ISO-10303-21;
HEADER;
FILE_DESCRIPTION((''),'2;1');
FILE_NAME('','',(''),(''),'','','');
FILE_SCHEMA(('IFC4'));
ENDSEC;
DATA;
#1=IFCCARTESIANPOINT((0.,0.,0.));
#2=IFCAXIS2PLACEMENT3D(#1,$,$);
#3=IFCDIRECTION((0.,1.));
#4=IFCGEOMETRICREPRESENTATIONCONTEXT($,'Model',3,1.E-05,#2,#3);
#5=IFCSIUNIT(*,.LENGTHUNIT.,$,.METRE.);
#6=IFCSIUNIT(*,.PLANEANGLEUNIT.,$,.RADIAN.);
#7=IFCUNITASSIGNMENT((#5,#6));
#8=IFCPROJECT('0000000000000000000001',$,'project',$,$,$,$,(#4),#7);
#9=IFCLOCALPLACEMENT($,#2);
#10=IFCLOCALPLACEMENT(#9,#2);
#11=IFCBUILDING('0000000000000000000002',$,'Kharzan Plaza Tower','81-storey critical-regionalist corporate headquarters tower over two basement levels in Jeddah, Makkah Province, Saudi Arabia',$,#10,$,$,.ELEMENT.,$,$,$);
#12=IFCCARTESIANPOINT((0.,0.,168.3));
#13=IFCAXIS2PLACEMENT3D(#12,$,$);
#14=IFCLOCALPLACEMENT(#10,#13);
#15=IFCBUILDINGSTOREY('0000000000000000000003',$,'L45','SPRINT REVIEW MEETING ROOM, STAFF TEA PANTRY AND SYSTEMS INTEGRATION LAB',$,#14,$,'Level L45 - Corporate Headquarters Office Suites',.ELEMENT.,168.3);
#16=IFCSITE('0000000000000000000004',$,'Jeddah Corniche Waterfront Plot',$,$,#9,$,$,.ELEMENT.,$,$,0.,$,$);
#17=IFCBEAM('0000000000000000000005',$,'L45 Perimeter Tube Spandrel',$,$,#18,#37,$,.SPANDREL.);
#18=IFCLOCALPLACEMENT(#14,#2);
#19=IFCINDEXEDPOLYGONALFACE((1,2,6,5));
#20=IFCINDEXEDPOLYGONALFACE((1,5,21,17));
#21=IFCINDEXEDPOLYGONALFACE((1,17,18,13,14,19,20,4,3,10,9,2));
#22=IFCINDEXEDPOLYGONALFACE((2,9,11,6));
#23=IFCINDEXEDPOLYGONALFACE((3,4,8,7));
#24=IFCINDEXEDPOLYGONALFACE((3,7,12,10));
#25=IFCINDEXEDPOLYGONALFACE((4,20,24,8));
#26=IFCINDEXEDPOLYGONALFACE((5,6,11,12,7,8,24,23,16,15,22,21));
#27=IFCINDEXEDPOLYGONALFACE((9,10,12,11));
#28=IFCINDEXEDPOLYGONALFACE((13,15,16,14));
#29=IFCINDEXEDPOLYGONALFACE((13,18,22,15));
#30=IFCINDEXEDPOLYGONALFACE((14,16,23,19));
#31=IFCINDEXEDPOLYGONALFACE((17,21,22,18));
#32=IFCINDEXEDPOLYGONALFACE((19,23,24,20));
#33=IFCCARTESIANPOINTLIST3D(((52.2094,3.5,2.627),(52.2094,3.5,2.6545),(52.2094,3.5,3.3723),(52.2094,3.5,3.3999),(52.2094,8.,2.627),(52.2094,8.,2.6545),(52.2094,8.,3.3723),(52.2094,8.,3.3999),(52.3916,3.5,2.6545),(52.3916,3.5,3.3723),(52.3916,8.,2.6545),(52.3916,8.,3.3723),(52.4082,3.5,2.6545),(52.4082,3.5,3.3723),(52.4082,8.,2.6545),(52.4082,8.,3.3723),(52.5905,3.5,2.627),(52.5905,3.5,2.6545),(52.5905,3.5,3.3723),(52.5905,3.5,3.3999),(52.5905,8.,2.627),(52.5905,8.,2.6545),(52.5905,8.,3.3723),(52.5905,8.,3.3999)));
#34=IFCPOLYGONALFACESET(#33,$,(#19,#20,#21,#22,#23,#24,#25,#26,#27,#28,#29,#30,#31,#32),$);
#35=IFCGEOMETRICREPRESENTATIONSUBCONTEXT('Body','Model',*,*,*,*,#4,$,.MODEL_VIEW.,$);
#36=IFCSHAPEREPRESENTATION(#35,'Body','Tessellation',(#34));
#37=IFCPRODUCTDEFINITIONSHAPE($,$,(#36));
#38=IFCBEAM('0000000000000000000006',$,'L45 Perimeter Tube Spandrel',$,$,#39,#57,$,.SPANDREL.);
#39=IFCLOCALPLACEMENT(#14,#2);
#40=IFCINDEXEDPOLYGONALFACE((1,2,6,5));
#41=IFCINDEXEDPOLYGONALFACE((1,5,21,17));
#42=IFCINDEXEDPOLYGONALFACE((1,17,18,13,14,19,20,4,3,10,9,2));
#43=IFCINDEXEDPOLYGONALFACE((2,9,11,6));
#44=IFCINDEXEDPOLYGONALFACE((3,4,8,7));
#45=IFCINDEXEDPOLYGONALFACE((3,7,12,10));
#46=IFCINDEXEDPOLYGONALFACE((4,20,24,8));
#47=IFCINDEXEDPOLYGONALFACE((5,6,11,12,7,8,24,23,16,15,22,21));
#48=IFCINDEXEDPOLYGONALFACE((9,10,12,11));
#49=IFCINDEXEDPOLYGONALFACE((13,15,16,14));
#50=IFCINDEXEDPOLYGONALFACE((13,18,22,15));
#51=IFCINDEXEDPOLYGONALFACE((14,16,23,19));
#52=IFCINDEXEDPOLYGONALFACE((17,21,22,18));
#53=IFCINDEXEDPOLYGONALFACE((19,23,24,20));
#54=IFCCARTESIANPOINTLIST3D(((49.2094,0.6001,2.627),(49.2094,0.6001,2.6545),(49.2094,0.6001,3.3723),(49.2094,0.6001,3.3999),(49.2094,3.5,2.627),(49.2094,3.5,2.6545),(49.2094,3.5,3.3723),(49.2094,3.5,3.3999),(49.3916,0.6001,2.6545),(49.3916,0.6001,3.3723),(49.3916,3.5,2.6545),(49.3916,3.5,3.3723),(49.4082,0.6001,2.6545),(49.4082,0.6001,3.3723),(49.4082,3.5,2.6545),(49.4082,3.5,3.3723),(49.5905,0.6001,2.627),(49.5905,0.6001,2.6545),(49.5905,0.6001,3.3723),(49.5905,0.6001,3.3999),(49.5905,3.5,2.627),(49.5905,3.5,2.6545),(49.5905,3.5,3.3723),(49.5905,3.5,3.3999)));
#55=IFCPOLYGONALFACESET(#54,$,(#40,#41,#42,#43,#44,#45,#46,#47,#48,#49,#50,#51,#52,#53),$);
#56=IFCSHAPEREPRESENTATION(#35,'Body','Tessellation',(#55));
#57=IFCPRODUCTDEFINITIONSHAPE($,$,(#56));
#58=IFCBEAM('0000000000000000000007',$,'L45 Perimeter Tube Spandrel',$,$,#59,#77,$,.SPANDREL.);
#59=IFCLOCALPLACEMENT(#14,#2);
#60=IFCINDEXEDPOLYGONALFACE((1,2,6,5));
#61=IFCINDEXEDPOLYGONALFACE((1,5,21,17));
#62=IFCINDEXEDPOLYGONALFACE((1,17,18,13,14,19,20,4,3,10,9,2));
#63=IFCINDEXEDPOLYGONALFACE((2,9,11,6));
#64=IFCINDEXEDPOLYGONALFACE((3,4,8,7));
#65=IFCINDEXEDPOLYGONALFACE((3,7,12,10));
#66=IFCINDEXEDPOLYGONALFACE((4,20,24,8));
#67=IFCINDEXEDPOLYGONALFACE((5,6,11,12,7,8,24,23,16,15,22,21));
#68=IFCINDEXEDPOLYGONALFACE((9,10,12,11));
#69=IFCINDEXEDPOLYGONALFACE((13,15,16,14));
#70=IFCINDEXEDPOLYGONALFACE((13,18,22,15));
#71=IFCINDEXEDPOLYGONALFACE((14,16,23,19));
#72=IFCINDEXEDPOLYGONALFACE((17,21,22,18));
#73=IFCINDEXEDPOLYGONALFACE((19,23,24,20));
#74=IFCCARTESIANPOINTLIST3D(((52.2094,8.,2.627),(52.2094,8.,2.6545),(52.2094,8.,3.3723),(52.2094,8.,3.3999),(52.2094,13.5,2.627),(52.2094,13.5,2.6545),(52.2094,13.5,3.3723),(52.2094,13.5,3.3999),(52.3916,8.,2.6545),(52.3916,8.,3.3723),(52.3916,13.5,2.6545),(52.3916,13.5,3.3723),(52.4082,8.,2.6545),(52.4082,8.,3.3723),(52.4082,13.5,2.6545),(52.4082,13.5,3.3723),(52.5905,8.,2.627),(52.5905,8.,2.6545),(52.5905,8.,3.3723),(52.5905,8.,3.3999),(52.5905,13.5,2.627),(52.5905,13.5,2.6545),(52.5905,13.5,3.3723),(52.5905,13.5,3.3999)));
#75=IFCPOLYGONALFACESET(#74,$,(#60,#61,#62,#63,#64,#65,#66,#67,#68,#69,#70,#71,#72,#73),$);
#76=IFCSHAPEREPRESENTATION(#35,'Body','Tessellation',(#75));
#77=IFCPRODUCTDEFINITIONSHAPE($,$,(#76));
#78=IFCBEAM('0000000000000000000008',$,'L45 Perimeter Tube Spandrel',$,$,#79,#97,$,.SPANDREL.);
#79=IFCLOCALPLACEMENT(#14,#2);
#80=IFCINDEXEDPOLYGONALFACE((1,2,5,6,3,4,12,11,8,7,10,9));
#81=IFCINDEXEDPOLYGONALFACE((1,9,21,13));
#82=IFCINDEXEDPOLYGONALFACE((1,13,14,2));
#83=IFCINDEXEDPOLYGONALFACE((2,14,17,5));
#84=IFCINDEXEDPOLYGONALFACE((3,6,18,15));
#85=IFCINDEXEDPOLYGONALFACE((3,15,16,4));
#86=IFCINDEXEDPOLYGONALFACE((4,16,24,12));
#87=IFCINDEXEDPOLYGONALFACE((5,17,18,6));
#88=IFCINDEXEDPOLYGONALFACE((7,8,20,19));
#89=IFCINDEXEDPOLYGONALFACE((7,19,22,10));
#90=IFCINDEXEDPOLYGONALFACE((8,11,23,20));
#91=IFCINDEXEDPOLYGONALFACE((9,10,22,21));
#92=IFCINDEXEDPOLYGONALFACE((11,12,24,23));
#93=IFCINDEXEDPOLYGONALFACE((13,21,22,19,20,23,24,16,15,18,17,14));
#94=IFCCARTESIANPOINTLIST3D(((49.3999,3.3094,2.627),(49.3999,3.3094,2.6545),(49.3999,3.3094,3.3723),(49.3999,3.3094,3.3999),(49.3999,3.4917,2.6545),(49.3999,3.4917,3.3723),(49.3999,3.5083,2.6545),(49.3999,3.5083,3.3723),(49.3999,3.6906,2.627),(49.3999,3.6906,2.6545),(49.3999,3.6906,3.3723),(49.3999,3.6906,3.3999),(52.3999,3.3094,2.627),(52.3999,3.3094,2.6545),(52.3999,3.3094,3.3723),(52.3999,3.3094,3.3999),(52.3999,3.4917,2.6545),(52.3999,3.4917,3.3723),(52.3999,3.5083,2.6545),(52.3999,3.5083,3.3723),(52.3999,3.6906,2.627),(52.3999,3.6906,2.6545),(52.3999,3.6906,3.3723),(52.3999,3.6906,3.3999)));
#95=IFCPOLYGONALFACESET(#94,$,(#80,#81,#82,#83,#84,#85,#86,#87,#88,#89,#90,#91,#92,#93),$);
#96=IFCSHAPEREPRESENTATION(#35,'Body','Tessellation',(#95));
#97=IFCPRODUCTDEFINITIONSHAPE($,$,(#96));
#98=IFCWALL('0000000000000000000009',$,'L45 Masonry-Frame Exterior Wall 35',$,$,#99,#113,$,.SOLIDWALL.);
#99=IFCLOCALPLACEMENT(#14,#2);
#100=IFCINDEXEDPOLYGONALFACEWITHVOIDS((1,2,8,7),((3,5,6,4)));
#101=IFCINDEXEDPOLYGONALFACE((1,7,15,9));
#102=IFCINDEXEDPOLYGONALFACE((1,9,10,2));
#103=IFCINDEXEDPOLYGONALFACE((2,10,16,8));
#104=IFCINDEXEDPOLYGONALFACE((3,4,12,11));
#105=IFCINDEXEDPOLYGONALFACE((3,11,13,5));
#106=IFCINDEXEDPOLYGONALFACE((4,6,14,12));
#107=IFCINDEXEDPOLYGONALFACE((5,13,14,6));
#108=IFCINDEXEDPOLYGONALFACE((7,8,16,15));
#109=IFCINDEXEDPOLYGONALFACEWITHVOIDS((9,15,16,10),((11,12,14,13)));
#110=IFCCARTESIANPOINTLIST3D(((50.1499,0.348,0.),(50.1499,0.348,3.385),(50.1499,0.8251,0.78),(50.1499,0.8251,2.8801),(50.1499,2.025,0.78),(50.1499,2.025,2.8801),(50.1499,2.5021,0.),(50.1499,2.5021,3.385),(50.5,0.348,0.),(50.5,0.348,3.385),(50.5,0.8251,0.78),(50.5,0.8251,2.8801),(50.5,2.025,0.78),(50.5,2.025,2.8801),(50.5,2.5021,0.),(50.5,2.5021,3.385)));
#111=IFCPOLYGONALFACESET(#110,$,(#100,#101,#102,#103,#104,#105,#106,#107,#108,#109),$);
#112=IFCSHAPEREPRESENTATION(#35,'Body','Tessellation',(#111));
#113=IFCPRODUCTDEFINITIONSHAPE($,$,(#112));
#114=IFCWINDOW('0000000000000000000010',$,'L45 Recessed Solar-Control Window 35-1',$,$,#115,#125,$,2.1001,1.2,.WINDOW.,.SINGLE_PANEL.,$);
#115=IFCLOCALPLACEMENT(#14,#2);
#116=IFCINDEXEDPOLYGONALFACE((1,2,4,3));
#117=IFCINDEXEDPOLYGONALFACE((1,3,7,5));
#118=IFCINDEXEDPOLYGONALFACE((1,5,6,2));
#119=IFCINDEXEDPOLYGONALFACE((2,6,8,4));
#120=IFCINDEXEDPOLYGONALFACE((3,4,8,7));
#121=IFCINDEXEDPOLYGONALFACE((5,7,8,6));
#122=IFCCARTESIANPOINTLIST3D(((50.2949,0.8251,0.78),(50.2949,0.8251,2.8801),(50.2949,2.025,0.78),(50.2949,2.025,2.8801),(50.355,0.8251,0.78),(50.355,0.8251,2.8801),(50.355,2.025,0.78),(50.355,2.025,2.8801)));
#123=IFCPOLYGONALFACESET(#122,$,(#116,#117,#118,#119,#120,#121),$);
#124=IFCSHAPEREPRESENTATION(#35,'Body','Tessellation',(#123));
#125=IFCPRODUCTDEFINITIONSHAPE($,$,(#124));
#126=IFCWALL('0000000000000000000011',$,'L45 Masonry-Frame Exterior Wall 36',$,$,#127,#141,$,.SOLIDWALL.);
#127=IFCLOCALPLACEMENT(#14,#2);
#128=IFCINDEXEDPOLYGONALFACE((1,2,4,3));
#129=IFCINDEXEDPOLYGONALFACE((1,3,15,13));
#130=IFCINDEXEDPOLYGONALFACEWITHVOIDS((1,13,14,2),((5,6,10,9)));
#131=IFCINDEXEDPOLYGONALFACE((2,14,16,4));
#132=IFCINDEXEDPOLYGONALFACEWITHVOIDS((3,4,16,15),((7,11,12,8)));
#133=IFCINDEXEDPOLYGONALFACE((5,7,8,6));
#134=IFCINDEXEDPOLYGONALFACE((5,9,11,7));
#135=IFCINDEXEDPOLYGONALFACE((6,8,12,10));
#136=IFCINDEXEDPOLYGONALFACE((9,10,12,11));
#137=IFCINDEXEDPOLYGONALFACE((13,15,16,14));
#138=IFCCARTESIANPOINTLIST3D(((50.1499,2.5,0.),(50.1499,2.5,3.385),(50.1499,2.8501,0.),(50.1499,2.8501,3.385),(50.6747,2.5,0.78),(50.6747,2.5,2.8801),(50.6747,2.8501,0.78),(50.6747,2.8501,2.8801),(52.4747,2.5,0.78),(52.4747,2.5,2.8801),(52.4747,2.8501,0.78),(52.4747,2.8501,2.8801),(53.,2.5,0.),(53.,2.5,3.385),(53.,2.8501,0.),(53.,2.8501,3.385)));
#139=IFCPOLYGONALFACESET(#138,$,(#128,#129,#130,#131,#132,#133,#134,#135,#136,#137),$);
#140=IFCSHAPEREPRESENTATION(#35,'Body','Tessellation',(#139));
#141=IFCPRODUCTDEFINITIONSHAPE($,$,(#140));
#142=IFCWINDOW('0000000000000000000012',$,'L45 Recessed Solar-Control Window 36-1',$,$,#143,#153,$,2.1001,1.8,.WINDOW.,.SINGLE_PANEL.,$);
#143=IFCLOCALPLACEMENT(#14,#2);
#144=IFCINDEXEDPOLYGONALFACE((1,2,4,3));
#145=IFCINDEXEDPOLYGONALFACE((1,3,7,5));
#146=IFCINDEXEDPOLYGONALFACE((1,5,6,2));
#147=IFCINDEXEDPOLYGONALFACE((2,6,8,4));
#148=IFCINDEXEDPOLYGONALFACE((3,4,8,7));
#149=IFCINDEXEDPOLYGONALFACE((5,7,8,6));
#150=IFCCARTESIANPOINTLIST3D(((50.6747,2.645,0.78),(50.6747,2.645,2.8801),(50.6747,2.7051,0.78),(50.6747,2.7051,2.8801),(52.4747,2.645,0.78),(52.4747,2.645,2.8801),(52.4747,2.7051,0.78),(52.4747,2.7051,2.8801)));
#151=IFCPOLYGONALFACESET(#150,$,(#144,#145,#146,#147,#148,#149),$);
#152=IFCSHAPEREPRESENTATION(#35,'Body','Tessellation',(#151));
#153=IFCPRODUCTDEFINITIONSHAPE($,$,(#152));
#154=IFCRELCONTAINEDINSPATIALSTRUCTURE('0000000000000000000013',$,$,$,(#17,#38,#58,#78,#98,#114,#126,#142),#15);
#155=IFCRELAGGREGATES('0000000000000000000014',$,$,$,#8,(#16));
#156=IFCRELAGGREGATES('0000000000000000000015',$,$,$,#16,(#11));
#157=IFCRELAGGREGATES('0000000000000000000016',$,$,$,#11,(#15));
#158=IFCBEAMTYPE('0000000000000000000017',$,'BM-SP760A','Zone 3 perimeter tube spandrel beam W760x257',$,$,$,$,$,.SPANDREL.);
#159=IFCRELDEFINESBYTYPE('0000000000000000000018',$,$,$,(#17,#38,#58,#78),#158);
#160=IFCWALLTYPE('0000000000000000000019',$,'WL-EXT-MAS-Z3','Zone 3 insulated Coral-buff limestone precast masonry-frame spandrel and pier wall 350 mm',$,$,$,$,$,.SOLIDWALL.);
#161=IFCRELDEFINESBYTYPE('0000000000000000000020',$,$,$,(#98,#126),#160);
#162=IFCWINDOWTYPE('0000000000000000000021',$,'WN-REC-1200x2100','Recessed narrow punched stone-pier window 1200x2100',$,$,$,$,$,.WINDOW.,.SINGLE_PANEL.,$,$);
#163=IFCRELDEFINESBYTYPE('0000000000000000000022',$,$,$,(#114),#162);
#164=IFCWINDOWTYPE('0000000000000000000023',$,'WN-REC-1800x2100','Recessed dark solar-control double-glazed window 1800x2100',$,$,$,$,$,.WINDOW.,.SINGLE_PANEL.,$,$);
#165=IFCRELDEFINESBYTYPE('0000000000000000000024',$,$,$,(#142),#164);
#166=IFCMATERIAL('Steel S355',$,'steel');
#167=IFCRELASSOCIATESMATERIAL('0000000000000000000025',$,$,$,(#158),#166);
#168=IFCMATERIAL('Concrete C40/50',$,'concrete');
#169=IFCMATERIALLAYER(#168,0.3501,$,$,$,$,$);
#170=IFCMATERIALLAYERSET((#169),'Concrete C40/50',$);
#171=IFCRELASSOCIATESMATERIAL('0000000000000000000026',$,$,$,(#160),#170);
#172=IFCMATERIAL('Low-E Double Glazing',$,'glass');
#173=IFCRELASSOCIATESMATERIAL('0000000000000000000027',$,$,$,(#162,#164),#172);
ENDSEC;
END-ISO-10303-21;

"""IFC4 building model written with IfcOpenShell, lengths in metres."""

from ifc_helpers import new_model, si_unit, direction, frame, frame_2d, origin, origin_2d, place, context, subcontext, project, spatial, rectangle, i_section, extrude, source, transform, mapped, material, layer, layer_set, material_profile, profile_set, type_object, element, fill, save


model = new_model("IFC4")

# Units and contexts
model_context = context("Model", 3, precision=1e-05, world=origin(), true_north=direction((0.0, 1.0)))
body_context = subcontext(model_context, "Body", "Model", "MODEL_VIEW")
ifc_project = project(units=[si_unit("LENGTHUNIT", "METRE"), si_unit("PLANEANGLEUNIT", "RADIAN")], contexts=[model_context])

# Site, building, storey
site_placement = place(None, origin())
site = spatial("IfcSite", under=ifc_project, at=site_placement, Name="Jeddah Corniche Waterfront Plot", CompositionType="ELEMENT", RefElevation=0.0)
building_placement = place(site_placement, origin())
building = spatial("IfcBuilding", under=site, at=building_placement, Name="Kharzan Plaza Tower", Description="81-storey critical-regionalist corporate headquarters tower over two basement levels in Jeddah, Makkah Province, Saudi Arabia", CompositionType="ELEMENT")
storey_placement = place(building_placement, frame((0.0, 0.0, 168.3)))
storey = spatial("IfcBuildingStorey", under=building, at=storey_placement, Name="L45", Description="SPRINT REVIEW MEETING ROOM, STAFF TEA PANTRY AND SYSTEMS INTEGRATION LAB", LongName="Level L45 - Corporate Headquarters Office Suites", CompositionType="ELEMENT", Elevation=168.3)

# Beams
ifc_material_1 = material(Name="Steel S355", Category="steel")
ifc_material_profile_1 = material_profile(ifc_material_1, i_section(OverallWidth=0.3811, OverallDepth=0.7729, WebThickness=0.0166, FlangeThickness=0.0276, at=origin_2d()), Name="W760x257")
ifc_profile_set_1 = profile_set([ifc_material_profile_1], Name="Steel S355")
beam_type_1 = type_object("IfcBeamType", Name="BM-SP760A", Description="Zone 3 perimeter tube spandrel beam W760x257", PredefinedType="SPANDREL", material=ifc_profile_set_1)
shared_shape_1 = source(origin(), body_context, "Body", "SweptSolid", [
    extrude(i_section(OverallWidth=0.3811, OverallDepth=0.7729, WebThickness=0.0166, FlangeThickness=0.0276, at=origin_2d()), origin(), (0.0, 0.0, 1.0), 4.5),
])
beam_1_placement = place(storey_placement, frame((52.3999, 3.5, 3.0134), z_axis=(0.0, 1.0, 0.0), x_axis=(-1.0, 0.0, 0.0)))
element("IfcBeam", 1, at=beam_1_placement, inside=storey, type_object=beam_type_1, Name="L45 Perimeter Tube Spandrel", PredefinedType="SPANDREL", context=body_context, shape_type="MappedRepresentation", body=[
    mapped(shared_shape_1, transform((0.0, 0.0, 0.0), x_axis=(1.0, 0.0, 0.0), y_axis=(0.0, 1.0, 0.0), z_axis=(0.0, 0.0, 1.0))),
])
shared_shape_2 = source(origin(), body_context, "Body", "SweptSolid", [
    extrude(i_section(OverallWidth=0.3811, OverallDepth=0.7729, WebThickness=0.0166, FlangeThickness=0.0276, at=origin_2d()), origin(), (0.0, 0.0, 1.0), 2.8999),
])
beam_2_placement = place(storey_placement, frame((49.3999, 0.6001, 3.0134), z_axis=(0.0, 1.0, 0.0), x_axis=(-1.0, 0.0, 0.0)))
element("IfcBeam", 2, at=beam_2_placement, inside=storey, type_object=beam_type_1, Name="L45 Perimeter Tube Spandrel", PredefinedType="SPANDREL", context=body_context, shape_type="MappedRepresentation", body=[
    mapped(shared_shape_2, transform((0.0, 0.0, 0.0), x_axis=(1.0, 0.0, 0.0), y_axis=(0.0, 1.0, 0.0), z_axis=(0.0, 0.0, 1.0))),
])
shared_shape_3 = source(origin(), body_context, "Body", "SweptSolid", [
    extrude(i_section(OverallWidth=0.3811, OverallDepth=0.7729, WebThickness=0.0166, FlangeThickness=0.0276, at=origin_2d()), origin(), (0.0, 0.0, 1.0), 5.5),
])
beam_3_placement = place(storey_placement, frame((52.3999, 8.0, 3.0134), z_axis=(0.0, 1.0, 0.0), x_axis=(-1.0, 0.0, 0.0)))
element("IfcBeam", 3, at=beam_3_placement, inside=storey, type_object=beam_type_1, Name="L45 Perimeter Tube Spandrel", PredefinedType="SPANDREL", context=body_context, shape_type="MappedRepresentation", body=[
    mapped(shared_shape_3, transform((0.0, 0.0, 0.0), x_axis=(1.0, 0.0, 0.0), y_axis=(0.0, 1.0, 0.0), z_axis=(0.0, 0.0, 1.0))),
])
shared_shape_4 = source(origin(), body_context, "Body", "SweptSolid", [
    extrude(i_section(OverallWidth=0.3811, OverallDepth=0.7729, WebThickness=0.0166, FlangeThickness=0.0276, at=origin_2d()), origin(), (0.0, 0.0, 1.0), 3.0),
])
beam_4_placement = place(storey_placement, frame((49.3999, 3.5, 3.0134), z_axis=(1.0, 0.0, 0.0), x_axis=(0.0, 1.0, 0.0)))
element("IfcBeam", 4, at=beam_4_placement, inside=storey, type_object=beam_type_1, Name="L45 Perimeter Tube Spandrel", PredefinedType="SPANDREL", context=body_context, shape_type="MappedRepresentation", body=[
    mapped(shared_shape_4, transform((0.0, 0.0, 0.0), x_axis=(1.0, 0.0, 0.0), y_axis=(0.0, 1.0, 0.0), z_axis=(0.0, 0.0, 1.0))),
])

# Walls, openings, windows
ifc_material_2 = material(Name="Concrete C40/50", Category="concrete")
ifc_layer_1 = layer(ifc_material_2, 0.3501)
ifc_layer_set_1 = layer_set([ifc_layer_1], Name="Concrete C40/50")
wall_type_1 = type_object("IfcWallType", Name="WL-EXT-MAS-Z3", Description="Zone 3 insulated Coral-buff limestone precast masonry-frame spandrel and pier wall 350 mm", PredefinedType="SOLIDWALL", material=ifc_layer_set_1)
wall_1_placement = place(storey_placement, frame((50.325, 0.3479, 0.0), z_axis=(0.0, 0.0, 1.0), x_axis=(0.0, 1.0, 0.0)))
wall_1 = element("IfcWall", 5, at=wall_1_placement, inside=storey, type_object=wall_type_1, Name="L45 Masonry-Frame Exterior Wall 35", PredefinedType="SOLIDWALL", context=body_context, shape_type="SweptSolid", body=[
    extrude(rectangle(XDim=2.1541, YDim=0.3501, at=frame_2d((1.0771, 0.0))), origin(), (0.0, 0.0, 1.0), 3.385),
])
opening_1_placement = place(wall_1_placement, frame((0.4771, 0.0, 0.78)))
opening_1 = element("IfcOpeningElement", 6, at=opening_1_placement, cuts=wall_1, PredefinedType="OPENING", context=body_context, shape_type="SweptSolid", body=[
    extrude(rectangle(XDim=1.2, YDim=2.1001, at=frame_2d((0.6001, 1.05))), frame((0.0, 0.1851, 0.0), z_axis=(0.0, -1.0, 0.0), x_axis=(1.0, 0.0, 0.0)), (0.0, 0.0, 1.0), 0.3701),
])
ifc_material_3 = material(Name="Low-E Double Glazing", Category="glass")
window_type_1 = type_object("IfcWindowType", Name="WN-REC-1200x2100", Description="Recessed narrow punched stone-pier window 1200x2100", PartitioningType="SINGLE_PANEL", PredefinedType="WINDOW", material=ifc_material_3)
shared_shape_5 = source(origin(), body_context, "Body", "SweptSolid", [
    extrude(rectangle(XDim=1.2, YDim=2.1001, at=frame_2d((0.6001, 1.05))), frame((0.0, 0.03, 0.0), z_axis=(0.0, -1.0, 0.0), x_axis=(1.0, 0.0, 0.0)), (0.0, 0.0, 1.0), 0.0601),
])
window_1_placement = place(opening_1_placement, origin())
window_1 = element("IfcWindow", 7, at=window_1_placement, inside=storey, type_object=window_type_1, Name="L45 Recessed Solar-Control Window 35-1", OverallHeight=2.1001, OverallWidth=1.2, PartitioningType="SINGLE_PANEL", PredefinedType="WINDOW", context=body_context, shape_type="MappedRepresentation", body=[
    mapped(shared_shape_5, transform((0.0, 0.0, 0.0), x_axis=(1.0, 0.0, 0.0), y_axis=(0.0, 1.0, 0.0), z_axis=(0.0, 0.0, 1.0))),
])
fill(opening_1, window_1)
wall_2_placement = place(storey_placement, frame((50.1499, 2.675, 0.0), z_axis=(0.0, 0.0, 1.0), x_axis=(1.0, 0.0, 0.0)))
wall_2 = element("IfcWall", 8, at=wall_2_placement, inside=storey, type_object=wall_type_1, Name="L45 Masonry-Frame Exterior Wall 36", PredefinedType="SOLIDWALL", context=body_context, shape_type="SweptSolid", body=[
    extrude(rectangle(XDim=2.8501, YDim=0.3501, at=frame_2d((1.425, 0.0))), origin(), (0.0, 0.0, 1.0), 3.385),
])
opening_2_placement = place(wall_2_placement, frame((0.5249, 0.0, 0.78)))
opening_2 = element("IfcOpeningElement", 9, at=opening_2_placement, cuts=wall_2, PredefinedType="OPENING", context=body_context, shape_type="SweptSolid", body=[
    extrude(rectangle(XDim=1.8, YDim=2.1001, at=frame_2d((0.8999, 1.05))), frame((0.0, 0.1851, 0.0), z_axis=(0.0, -1.0, 0.0), x_axis=(1.0, 0.0, 0.0)), (0.0, 0.0, 1.0), 0.3701),
])
window_type_2 = type_object("IfcWindowType", Name="WN-REC-1800x2100", Description="Recessed dark solar-control double-glazed window 1800x2100", PartitioningType="SINGLE_PANEL", PredefinedType="WINDOW", material=ifc_material_3)
shared_shape_6 = source(origin(), body_context, "Body", "SweptSolid", [
    extrude(rectangle(XDim=1.8, YDim=2.1001, at=frame_2d((0.8999, 1.05))), frame((0.0, 0.03, 0.0), z_axis=(0.0, -1.0, 0.0), x_axis=(1.0, 0.0, 0.0)), (0.0, 0.0, 1.0), 0.0601),
])
window_2_placement = place(opening_2_placement, origin())
window_2 = element("IfcWindow", 10, at=window_2_placement, inside=storey, type_object=window_type_2, Name="L45 Recessed Solar-Control Window 36-1", OverallHeight=2.1001, OverallWidth=1.8, PartitioningType="SINGLE_PANEL", PredefinedType="WINDOW", context=body_context, shape_type="MappedRepresentation", body=[
    mapped(shared_shape_6, transform((0.0, 0.0, 0.0), x_axis=(1.0, 0.0, 0.0), y_axis=(0.0, 1.0, 0.0), z_axis=(0.0, 0.0, 1.0))),
])
fill(opening_2, window_2)

save(model, "model.ifc")
